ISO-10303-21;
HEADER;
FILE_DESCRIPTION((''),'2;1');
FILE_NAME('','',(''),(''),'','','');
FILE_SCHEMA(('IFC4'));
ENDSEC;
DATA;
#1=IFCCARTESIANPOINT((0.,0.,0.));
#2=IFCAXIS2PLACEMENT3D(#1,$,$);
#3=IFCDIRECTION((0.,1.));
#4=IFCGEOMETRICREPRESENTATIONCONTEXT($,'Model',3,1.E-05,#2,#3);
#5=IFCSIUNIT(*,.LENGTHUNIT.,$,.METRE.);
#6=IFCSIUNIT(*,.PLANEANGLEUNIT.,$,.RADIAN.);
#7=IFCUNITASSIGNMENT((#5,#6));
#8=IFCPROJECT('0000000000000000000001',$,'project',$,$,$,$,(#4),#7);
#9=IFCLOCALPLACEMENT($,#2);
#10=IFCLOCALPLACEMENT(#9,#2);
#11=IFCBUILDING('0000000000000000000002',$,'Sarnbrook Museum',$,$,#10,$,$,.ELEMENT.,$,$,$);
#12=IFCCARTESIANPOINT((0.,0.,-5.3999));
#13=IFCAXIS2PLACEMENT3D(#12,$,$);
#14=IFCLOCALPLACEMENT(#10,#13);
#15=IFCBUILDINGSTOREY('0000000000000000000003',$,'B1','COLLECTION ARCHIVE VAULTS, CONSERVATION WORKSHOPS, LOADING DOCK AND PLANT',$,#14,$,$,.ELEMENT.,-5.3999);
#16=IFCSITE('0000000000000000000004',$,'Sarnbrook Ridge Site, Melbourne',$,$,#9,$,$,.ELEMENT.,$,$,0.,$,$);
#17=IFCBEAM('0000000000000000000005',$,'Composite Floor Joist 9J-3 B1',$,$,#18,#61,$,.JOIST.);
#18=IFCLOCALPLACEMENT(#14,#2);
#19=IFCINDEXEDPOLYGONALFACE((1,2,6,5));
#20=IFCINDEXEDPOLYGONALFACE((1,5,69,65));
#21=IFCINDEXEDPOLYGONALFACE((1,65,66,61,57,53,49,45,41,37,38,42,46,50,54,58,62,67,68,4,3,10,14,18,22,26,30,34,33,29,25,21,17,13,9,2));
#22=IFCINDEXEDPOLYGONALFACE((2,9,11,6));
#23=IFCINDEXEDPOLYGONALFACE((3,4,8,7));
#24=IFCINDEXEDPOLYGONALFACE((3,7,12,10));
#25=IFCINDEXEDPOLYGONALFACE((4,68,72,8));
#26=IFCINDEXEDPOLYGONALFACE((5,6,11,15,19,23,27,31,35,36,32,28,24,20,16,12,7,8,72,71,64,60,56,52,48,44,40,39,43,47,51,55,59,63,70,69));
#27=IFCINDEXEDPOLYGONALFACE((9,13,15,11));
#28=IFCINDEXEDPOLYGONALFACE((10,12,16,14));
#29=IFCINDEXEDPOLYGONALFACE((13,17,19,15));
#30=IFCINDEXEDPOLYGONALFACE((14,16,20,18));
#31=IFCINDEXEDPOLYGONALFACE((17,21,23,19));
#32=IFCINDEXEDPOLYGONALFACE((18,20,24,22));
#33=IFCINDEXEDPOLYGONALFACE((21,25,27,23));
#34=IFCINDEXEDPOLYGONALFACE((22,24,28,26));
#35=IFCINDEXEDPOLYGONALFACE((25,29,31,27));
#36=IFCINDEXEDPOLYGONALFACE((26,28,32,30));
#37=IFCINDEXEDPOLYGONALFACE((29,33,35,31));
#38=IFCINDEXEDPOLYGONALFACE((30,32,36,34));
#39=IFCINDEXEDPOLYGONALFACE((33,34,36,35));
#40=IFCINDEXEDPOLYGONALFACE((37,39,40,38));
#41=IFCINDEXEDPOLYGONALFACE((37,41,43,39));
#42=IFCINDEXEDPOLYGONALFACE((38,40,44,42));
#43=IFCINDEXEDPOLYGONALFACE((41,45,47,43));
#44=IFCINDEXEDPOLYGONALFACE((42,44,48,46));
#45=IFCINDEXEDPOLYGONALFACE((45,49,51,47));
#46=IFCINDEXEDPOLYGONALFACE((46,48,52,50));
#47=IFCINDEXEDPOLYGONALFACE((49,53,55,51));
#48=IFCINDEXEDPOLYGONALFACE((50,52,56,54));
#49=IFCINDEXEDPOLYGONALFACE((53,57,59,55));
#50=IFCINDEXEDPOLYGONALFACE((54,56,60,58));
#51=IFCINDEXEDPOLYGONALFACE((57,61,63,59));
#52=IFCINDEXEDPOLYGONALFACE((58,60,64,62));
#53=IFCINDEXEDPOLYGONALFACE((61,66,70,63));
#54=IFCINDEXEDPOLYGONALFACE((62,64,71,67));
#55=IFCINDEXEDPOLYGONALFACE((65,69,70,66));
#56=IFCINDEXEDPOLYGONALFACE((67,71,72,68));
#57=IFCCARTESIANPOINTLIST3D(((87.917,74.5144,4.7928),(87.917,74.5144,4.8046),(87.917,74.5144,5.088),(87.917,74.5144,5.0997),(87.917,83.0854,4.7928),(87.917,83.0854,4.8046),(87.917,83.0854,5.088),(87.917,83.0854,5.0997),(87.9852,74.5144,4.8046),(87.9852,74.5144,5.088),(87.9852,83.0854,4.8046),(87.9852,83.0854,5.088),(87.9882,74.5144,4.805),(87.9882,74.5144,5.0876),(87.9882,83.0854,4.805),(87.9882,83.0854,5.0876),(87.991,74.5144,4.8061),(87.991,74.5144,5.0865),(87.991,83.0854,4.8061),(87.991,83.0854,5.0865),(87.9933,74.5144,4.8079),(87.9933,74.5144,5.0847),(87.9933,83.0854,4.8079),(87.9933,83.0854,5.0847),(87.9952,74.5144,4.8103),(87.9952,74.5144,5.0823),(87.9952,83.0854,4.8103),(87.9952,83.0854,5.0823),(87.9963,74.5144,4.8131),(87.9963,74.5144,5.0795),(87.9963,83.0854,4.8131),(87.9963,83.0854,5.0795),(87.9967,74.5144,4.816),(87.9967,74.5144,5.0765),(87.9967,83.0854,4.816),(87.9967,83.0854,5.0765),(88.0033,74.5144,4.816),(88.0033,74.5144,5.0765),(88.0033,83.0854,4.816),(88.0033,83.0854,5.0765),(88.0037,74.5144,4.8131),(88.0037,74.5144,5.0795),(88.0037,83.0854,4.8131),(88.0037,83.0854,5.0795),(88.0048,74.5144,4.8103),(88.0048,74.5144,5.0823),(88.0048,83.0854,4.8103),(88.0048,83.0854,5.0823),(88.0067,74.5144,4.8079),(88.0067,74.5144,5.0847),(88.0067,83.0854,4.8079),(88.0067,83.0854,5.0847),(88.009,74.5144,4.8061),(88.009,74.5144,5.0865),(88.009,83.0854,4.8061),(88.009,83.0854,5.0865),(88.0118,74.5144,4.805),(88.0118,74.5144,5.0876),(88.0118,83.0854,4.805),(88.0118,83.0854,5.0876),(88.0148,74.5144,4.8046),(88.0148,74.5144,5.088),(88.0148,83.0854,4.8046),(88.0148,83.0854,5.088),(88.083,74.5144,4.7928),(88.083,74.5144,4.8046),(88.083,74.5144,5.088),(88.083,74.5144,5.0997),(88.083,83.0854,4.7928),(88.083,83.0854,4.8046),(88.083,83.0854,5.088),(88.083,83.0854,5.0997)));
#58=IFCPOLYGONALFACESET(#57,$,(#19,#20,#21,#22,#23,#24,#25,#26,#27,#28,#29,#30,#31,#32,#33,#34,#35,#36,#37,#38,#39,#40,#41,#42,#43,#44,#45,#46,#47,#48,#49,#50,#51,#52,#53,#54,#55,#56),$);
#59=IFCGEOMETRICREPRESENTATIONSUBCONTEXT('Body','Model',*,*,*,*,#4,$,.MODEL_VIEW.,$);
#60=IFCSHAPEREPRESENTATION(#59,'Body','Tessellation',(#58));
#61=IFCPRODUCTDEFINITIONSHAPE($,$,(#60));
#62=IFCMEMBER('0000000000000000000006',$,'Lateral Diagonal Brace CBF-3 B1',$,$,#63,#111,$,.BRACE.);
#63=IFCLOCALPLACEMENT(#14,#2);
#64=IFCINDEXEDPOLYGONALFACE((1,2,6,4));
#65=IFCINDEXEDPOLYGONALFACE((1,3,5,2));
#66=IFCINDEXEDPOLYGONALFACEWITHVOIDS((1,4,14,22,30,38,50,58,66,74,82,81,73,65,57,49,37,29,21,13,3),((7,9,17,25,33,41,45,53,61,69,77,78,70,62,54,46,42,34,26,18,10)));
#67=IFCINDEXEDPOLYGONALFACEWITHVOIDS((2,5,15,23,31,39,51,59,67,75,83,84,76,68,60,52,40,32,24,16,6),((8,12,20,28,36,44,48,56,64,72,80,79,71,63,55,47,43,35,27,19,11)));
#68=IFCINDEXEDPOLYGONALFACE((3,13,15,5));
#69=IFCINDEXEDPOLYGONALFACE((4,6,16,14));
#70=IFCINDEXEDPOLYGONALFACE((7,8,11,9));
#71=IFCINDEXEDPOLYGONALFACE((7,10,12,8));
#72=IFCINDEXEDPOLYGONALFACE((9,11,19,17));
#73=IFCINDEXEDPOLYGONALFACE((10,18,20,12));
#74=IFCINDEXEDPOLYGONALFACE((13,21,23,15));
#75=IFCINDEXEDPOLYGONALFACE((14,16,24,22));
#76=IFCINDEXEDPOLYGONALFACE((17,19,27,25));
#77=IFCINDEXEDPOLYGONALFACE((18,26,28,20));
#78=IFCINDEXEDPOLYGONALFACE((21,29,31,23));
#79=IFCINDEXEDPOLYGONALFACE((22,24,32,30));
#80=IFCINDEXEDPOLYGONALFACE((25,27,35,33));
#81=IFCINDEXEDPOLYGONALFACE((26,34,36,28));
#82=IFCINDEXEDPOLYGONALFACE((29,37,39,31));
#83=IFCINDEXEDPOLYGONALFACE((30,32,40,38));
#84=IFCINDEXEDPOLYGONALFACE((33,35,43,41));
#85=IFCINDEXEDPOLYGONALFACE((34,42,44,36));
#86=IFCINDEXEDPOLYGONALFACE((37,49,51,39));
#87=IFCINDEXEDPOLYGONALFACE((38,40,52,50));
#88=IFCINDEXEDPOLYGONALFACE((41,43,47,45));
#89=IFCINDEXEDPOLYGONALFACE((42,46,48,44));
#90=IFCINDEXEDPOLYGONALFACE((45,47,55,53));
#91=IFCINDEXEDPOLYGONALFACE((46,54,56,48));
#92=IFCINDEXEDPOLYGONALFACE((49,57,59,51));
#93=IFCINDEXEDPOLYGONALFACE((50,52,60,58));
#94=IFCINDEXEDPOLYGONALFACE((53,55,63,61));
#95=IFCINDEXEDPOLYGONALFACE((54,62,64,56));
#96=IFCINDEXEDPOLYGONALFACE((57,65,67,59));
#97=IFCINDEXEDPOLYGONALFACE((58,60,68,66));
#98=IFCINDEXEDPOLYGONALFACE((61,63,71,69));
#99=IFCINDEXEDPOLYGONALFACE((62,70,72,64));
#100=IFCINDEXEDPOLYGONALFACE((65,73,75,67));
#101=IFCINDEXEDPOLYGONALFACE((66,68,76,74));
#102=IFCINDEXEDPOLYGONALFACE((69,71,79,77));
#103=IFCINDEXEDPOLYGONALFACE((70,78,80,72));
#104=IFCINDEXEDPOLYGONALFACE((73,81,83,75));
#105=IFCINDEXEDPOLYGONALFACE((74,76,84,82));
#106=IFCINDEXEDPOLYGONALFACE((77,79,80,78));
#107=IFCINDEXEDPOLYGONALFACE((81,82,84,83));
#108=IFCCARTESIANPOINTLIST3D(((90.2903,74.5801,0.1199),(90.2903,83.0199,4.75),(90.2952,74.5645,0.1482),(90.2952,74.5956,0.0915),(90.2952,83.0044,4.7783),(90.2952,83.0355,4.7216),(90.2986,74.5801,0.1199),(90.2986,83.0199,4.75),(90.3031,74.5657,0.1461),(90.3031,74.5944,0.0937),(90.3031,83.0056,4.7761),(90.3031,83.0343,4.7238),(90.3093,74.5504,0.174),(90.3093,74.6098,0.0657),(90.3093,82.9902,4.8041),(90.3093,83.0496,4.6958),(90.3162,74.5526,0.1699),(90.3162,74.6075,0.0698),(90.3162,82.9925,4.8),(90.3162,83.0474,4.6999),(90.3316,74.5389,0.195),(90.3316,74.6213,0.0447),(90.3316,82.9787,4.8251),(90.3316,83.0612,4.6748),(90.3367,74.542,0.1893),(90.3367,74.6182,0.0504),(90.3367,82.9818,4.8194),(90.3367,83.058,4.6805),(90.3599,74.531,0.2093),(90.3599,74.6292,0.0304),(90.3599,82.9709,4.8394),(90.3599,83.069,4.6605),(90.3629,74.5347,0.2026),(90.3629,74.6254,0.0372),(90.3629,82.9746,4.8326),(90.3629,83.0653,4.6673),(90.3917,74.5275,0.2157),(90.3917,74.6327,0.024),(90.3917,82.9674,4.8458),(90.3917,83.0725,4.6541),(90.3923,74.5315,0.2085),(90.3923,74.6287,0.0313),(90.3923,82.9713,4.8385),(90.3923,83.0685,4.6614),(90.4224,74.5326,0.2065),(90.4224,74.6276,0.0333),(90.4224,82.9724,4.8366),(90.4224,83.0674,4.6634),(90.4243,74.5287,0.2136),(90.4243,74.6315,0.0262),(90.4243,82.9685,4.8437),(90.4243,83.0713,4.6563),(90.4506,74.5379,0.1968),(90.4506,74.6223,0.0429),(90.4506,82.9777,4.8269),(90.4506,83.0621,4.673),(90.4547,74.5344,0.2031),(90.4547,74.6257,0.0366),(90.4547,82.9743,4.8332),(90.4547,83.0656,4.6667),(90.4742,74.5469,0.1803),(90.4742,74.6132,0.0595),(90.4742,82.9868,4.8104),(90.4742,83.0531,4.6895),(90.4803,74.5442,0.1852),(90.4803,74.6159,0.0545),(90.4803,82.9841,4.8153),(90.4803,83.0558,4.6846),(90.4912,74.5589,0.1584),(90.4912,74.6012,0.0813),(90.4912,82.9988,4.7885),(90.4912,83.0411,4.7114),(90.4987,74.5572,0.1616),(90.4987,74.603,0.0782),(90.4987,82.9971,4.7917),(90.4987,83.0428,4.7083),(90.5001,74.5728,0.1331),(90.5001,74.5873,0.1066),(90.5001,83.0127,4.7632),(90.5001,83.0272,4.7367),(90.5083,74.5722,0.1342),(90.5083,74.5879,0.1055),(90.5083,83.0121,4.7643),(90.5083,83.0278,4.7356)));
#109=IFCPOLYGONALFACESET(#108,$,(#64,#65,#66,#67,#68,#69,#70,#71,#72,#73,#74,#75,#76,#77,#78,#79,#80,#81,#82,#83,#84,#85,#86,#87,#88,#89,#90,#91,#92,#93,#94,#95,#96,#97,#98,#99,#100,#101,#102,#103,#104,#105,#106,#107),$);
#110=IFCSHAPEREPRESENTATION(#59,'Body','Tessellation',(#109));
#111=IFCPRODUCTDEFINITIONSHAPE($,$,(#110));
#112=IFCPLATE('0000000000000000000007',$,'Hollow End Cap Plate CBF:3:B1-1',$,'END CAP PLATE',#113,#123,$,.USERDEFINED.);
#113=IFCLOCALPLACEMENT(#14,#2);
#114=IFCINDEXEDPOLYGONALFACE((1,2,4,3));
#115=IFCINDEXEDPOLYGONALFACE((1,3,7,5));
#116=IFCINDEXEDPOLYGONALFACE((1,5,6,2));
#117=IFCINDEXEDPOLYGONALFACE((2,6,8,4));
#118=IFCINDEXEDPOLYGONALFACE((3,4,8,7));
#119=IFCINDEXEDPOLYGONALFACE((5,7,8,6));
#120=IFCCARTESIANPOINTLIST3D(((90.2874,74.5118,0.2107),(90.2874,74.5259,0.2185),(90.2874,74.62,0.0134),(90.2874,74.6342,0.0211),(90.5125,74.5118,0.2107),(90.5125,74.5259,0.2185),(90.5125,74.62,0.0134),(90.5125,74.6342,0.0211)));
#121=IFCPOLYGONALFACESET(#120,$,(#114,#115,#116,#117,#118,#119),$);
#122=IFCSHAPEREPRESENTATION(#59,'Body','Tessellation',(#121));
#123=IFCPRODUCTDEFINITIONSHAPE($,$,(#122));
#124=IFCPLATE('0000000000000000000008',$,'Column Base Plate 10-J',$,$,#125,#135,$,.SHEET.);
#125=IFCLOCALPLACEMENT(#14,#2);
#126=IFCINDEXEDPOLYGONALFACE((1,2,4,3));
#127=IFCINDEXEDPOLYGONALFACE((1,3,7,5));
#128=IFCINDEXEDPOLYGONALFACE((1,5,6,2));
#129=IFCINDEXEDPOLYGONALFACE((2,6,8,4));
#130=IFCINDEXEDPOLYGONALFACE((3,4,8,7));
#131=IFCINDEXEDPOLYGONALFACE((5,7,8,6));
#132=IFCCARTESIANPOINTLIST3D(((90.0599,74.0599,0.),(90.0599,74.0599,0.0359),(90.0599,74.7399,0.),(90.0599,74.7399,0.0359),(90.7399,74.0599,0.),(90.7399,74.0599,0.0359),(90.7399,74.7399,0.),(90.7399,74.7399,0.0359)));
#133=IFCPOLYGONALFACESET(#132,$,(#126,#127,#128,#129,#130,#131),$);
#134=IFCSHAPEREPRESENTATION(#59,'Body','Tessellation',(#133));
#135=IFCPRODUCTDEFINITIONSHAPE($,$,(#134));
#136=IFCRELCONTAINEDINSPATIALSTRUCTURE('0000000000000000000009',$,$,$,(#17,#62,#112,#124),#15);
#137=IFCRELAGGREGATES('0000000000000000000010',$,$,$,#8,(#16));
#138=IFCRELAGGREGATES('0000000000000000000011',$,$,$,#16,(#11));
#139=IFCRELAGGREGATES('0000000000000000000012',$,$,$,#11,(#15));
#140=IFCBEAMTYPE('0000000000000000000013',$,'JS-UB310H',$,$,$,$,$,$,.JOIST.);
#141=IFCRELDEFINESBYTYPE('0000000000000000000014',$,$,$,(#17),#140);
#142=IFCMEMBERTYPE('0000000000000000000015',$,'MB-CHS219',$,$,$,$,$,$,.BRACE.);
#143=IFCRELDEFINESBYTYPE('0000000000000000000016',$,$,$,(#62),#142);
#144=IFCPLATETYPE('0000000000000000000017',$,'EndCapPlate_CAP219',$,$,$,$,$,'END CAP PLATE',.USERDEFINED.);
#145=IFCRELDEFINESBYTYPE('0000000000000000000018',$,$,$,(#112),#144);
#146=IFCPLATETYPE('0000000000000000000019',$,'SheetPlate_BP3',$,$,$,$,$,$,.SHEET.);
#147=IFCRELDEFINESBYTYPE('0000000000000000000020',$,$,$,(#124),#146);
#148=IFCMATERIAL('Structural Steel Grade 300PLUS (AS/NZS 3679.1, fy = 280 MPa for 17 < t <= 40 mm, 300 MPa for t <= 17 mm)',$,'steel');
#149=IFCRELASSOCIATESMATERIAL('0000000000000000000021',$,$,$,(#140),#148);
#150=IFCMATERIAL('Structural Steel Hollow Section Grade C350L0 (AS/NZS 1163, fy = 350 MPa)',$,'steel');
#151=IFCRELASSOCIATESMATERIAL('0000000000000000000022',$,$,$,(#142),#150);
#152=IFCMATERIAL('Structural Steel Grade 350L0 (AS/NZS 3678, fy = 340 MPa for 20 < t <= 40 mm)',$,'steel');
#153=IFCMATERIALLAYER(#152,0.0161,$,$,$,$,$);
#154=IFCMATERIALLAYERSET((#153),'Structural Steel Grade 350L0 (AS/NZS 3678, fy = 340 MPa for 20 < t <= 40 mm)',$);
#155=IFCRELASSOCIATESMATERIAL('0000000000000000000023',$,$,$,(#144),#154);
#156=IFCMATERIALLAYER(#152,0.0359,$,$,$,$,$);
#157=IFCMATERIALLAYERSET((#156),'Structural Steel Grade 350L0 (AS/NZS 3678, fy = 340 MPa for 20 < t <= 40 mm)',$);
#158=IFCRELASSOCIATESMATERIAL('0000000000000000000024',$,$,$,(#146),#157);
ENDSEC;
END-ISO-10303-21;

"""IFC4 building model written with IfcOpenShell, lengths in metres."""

from ifc_helpers import new_model, si_unit, direction, frame, origin, origin_2d, place, context, subcontext, project, spatial, rectangle, hollow_circle, i_section, extrude, material, layer, layer_set, material_profile, profile_set, type_object, element, save


model = new_model("IFC4")

# Units and contexts
model_context = context("Model", 3, precision=1e-05, world=origin(), true_north=direction((0.0, 1.0)))
body_context = subcontext(model_context, "Body", "Model", "MODEL_VIEW")
ifc_project = project(units=[si_unit("LENGTHUNIT", "METRE"), si_unit("PLANEANGLEUNIT", "RADIAN")], contexts=[model_context])

# Site, building, storey
site_placement = place(None, origin())
site = spatial("IfcSite", under=ifc_project, at=site_placement, Name="Sarnbrook Ridge Site, Melbourne", CompositionType="ELEMENT", RefElevation=0.0)
building_placement = place(site_placement, origin())
building = spatial("IfcBuilding", under=site, at=building_placement, Name="Sarnbrook Museum", CompositionType="ELEMENT")
storey_placement = place(building_placement, frame((0.0, 0.0, -5.3999)))
storey = spatial("IfcBuildingStorey", under=building, at=storey_placement, Name="B1", Description="COLLECTION ARCHIVE VAULTS, CONSERVATION WORKSHOPS, LOADING DOCK AND PLANT", CompositionType="ELEMENT", Elevation=-5.3999)

# Shared definitions
ifc_material_1 = material(Name="Structural Steel Grade 350L0 (AS/NZS 3678, fy = 340 MPa for 20 < t <= 40 mm)", Category="steel")

# Beam
ifc_material_2 = material(Name="Structural Steel Grade 300PLUS (AS/NZS 3679.1, fy = 280 MPa for 17 < t <= 40 mm, 300 MPa for t <= 17 mm)", Category="steel")
ifc_material_profile_1 = material_profile(ifc_material_2, i_section(OverallWidth=0.166, OverallDepth=0.3069, WebThickness=0.0066, FlangeThickness=0.0117, FilletRadius=0.0115, at=origin_2d()), Name="310UB46.2")
ifc_profile_set_1 = profile_set([ifc_material_profile_1], Name="Structural Steel Grade 300PLUS (AS/NZS 3679.1, fy = 280 MPa for 17 < t <= 40 mm, 300 MPa for t <= 17 mm)")
beam_type_1 = type_object("IfcBeamType", Name="JS-UB310H", PredefinedType="JOIST", material=ifc_profile_set_1)
for number, where, z_axis, x_axis, name in (
    (1, (88.0, 74.5144, 4.9463), (0.0, 1.0, 0.0), (-1.0, 0.0, 0.0), "Composite Floor Joist 9J-3 B1"),
):
    element("IfcBeam", number, at=place(storey_placement, frame(where, z_axis=z_axis, x_axis=x_axis)), inside=storey, type_object=beam_type_1, Name=name, PredefinedType="JOIST", context=body_context, shape_type="SweptSolid", body=[
        extrude(i_section(OverallWidth=0.166, OverallDepth=0.3069, WebThickness=0.0066, FlangeThickness=0.0117, FilletRadius=0.0115, at=origin_2d()), origin(), (0.0, 0.0, 1.0), 8.571),
    ])

# Member
ifc_material_3 = material(Name="Structural Steel Hollow Section Grade C350L0 (AS/NZS 1163, fy = 350 MPa)", Category="steel")
ifc_material_profile_2 = material_profile(ifc_material_3, hollow_circle(Radius=0.1096, WallThickness=0.0083, at=origin_2d()), Name="219.1x8.2CHS")
ifc_profile_set_2 = profile_set([ifc_material_profile_2], Name="Structural Steel Hollow Section Grade C350L0 (AS/NZS 1163, fy = 350 MPa)")
member_type = type_object("IfcMemberType", Name="MB-CHS219", PredefinedType="BRACE", material=ifc_profile_set_2)
member_placement = place(storey_placement, frame((90.3999, 74.5801, 0.1199), z_axis=(0.0, 0.876735, 0.480974), x_axis=(-1.0, 0.0, 0.0)))
element("IfcMember", 2, at=member_placement, inside=storey, type_object=member_type, Name="Lateral Diagonal Brace CBF-3 B1", PredefinedType="BRACE", context=body_context, shape_type="SweptSolid", body=[
    extrude(hollow_circle(Radius=0.1096, WallThickness=0.0083, at=origin_2d()), origin(), (0.0, 0.0, 1.0), 9.6265),
])

# Plates
ifc_layer_1 = layer(ifc_material_1, 0.0161)
ifc_layer_set_1 = layer_set([ifc_layer_1], Name="Structural Steel Grade 350L0 (AS/NZS 3678, fy = 340 MPa for 20 < t <= 40 mm)")
plate_type_1 = type_object("IfcPlateType", Name="EndCapPlate_CAP219", ElementType="END CAP PLATE", PredefinedType="USERDEFINED", material=ifc_layer_set_1)
plate_1_placement = place(storey_placement, frame((90.3999, 74.5659, 0.1121), z_axis=(0.0, 0.876742, 0.480961), x_axis=(-1.0, 0.0, 0.0)))
element("IfcPlate", 3, at=plate_1_placement, inside=storey, type_object=plate_type_1, Name="Hollow End Cap Plate CBF:3:B1-1", ObjectType="END CAP PLATE", PredefinedType="USERDEFINED", context=body_context, shape_type="SweptSolid", body=[
    extrude(rectangle(XDim=0.2251, YDim=0.2251, at=origin_2d()), origin(), (0.0, 0.0, 1.0), 0.0161),
])
ifc_layer_2 = layer(ifc_material_1, 0.0359)
ifc_layer_set_2 = layer_set([ifc_layer_2], Name="Structural Steel Grade 350L0 (AS/NZS 3678, fy = 340 MPa for 20 < t <= 40 mm)")
plate_type_2 = type_object("IfcPlateType", Name="SheetPlate_BP3", PredefinedType="SHEET", material=ifc_layer_set_2)
plate_2_placement = place(storey_placement, frame((90.3999, 74.3999, 0.0), z_axis=(0.0, 0.0, 1.0), x_axis=(1.0, 0.0, 0.0)))
element("IfcPlate", 4, at=plate_2_placement, inside=storey, type_object=plate_type_2, Name="Column Base Plate 10-J", PredefinedType="SHEET", context=body_context, shape_type="SweptSolid", body=[
    extrude(rectangle(XDim=0.6799, YDim=0.6799, at=origin_2d()), origin(), (0.0, 0.0, 1.0), 0.0359),
])

save(model, "model.ifc")
